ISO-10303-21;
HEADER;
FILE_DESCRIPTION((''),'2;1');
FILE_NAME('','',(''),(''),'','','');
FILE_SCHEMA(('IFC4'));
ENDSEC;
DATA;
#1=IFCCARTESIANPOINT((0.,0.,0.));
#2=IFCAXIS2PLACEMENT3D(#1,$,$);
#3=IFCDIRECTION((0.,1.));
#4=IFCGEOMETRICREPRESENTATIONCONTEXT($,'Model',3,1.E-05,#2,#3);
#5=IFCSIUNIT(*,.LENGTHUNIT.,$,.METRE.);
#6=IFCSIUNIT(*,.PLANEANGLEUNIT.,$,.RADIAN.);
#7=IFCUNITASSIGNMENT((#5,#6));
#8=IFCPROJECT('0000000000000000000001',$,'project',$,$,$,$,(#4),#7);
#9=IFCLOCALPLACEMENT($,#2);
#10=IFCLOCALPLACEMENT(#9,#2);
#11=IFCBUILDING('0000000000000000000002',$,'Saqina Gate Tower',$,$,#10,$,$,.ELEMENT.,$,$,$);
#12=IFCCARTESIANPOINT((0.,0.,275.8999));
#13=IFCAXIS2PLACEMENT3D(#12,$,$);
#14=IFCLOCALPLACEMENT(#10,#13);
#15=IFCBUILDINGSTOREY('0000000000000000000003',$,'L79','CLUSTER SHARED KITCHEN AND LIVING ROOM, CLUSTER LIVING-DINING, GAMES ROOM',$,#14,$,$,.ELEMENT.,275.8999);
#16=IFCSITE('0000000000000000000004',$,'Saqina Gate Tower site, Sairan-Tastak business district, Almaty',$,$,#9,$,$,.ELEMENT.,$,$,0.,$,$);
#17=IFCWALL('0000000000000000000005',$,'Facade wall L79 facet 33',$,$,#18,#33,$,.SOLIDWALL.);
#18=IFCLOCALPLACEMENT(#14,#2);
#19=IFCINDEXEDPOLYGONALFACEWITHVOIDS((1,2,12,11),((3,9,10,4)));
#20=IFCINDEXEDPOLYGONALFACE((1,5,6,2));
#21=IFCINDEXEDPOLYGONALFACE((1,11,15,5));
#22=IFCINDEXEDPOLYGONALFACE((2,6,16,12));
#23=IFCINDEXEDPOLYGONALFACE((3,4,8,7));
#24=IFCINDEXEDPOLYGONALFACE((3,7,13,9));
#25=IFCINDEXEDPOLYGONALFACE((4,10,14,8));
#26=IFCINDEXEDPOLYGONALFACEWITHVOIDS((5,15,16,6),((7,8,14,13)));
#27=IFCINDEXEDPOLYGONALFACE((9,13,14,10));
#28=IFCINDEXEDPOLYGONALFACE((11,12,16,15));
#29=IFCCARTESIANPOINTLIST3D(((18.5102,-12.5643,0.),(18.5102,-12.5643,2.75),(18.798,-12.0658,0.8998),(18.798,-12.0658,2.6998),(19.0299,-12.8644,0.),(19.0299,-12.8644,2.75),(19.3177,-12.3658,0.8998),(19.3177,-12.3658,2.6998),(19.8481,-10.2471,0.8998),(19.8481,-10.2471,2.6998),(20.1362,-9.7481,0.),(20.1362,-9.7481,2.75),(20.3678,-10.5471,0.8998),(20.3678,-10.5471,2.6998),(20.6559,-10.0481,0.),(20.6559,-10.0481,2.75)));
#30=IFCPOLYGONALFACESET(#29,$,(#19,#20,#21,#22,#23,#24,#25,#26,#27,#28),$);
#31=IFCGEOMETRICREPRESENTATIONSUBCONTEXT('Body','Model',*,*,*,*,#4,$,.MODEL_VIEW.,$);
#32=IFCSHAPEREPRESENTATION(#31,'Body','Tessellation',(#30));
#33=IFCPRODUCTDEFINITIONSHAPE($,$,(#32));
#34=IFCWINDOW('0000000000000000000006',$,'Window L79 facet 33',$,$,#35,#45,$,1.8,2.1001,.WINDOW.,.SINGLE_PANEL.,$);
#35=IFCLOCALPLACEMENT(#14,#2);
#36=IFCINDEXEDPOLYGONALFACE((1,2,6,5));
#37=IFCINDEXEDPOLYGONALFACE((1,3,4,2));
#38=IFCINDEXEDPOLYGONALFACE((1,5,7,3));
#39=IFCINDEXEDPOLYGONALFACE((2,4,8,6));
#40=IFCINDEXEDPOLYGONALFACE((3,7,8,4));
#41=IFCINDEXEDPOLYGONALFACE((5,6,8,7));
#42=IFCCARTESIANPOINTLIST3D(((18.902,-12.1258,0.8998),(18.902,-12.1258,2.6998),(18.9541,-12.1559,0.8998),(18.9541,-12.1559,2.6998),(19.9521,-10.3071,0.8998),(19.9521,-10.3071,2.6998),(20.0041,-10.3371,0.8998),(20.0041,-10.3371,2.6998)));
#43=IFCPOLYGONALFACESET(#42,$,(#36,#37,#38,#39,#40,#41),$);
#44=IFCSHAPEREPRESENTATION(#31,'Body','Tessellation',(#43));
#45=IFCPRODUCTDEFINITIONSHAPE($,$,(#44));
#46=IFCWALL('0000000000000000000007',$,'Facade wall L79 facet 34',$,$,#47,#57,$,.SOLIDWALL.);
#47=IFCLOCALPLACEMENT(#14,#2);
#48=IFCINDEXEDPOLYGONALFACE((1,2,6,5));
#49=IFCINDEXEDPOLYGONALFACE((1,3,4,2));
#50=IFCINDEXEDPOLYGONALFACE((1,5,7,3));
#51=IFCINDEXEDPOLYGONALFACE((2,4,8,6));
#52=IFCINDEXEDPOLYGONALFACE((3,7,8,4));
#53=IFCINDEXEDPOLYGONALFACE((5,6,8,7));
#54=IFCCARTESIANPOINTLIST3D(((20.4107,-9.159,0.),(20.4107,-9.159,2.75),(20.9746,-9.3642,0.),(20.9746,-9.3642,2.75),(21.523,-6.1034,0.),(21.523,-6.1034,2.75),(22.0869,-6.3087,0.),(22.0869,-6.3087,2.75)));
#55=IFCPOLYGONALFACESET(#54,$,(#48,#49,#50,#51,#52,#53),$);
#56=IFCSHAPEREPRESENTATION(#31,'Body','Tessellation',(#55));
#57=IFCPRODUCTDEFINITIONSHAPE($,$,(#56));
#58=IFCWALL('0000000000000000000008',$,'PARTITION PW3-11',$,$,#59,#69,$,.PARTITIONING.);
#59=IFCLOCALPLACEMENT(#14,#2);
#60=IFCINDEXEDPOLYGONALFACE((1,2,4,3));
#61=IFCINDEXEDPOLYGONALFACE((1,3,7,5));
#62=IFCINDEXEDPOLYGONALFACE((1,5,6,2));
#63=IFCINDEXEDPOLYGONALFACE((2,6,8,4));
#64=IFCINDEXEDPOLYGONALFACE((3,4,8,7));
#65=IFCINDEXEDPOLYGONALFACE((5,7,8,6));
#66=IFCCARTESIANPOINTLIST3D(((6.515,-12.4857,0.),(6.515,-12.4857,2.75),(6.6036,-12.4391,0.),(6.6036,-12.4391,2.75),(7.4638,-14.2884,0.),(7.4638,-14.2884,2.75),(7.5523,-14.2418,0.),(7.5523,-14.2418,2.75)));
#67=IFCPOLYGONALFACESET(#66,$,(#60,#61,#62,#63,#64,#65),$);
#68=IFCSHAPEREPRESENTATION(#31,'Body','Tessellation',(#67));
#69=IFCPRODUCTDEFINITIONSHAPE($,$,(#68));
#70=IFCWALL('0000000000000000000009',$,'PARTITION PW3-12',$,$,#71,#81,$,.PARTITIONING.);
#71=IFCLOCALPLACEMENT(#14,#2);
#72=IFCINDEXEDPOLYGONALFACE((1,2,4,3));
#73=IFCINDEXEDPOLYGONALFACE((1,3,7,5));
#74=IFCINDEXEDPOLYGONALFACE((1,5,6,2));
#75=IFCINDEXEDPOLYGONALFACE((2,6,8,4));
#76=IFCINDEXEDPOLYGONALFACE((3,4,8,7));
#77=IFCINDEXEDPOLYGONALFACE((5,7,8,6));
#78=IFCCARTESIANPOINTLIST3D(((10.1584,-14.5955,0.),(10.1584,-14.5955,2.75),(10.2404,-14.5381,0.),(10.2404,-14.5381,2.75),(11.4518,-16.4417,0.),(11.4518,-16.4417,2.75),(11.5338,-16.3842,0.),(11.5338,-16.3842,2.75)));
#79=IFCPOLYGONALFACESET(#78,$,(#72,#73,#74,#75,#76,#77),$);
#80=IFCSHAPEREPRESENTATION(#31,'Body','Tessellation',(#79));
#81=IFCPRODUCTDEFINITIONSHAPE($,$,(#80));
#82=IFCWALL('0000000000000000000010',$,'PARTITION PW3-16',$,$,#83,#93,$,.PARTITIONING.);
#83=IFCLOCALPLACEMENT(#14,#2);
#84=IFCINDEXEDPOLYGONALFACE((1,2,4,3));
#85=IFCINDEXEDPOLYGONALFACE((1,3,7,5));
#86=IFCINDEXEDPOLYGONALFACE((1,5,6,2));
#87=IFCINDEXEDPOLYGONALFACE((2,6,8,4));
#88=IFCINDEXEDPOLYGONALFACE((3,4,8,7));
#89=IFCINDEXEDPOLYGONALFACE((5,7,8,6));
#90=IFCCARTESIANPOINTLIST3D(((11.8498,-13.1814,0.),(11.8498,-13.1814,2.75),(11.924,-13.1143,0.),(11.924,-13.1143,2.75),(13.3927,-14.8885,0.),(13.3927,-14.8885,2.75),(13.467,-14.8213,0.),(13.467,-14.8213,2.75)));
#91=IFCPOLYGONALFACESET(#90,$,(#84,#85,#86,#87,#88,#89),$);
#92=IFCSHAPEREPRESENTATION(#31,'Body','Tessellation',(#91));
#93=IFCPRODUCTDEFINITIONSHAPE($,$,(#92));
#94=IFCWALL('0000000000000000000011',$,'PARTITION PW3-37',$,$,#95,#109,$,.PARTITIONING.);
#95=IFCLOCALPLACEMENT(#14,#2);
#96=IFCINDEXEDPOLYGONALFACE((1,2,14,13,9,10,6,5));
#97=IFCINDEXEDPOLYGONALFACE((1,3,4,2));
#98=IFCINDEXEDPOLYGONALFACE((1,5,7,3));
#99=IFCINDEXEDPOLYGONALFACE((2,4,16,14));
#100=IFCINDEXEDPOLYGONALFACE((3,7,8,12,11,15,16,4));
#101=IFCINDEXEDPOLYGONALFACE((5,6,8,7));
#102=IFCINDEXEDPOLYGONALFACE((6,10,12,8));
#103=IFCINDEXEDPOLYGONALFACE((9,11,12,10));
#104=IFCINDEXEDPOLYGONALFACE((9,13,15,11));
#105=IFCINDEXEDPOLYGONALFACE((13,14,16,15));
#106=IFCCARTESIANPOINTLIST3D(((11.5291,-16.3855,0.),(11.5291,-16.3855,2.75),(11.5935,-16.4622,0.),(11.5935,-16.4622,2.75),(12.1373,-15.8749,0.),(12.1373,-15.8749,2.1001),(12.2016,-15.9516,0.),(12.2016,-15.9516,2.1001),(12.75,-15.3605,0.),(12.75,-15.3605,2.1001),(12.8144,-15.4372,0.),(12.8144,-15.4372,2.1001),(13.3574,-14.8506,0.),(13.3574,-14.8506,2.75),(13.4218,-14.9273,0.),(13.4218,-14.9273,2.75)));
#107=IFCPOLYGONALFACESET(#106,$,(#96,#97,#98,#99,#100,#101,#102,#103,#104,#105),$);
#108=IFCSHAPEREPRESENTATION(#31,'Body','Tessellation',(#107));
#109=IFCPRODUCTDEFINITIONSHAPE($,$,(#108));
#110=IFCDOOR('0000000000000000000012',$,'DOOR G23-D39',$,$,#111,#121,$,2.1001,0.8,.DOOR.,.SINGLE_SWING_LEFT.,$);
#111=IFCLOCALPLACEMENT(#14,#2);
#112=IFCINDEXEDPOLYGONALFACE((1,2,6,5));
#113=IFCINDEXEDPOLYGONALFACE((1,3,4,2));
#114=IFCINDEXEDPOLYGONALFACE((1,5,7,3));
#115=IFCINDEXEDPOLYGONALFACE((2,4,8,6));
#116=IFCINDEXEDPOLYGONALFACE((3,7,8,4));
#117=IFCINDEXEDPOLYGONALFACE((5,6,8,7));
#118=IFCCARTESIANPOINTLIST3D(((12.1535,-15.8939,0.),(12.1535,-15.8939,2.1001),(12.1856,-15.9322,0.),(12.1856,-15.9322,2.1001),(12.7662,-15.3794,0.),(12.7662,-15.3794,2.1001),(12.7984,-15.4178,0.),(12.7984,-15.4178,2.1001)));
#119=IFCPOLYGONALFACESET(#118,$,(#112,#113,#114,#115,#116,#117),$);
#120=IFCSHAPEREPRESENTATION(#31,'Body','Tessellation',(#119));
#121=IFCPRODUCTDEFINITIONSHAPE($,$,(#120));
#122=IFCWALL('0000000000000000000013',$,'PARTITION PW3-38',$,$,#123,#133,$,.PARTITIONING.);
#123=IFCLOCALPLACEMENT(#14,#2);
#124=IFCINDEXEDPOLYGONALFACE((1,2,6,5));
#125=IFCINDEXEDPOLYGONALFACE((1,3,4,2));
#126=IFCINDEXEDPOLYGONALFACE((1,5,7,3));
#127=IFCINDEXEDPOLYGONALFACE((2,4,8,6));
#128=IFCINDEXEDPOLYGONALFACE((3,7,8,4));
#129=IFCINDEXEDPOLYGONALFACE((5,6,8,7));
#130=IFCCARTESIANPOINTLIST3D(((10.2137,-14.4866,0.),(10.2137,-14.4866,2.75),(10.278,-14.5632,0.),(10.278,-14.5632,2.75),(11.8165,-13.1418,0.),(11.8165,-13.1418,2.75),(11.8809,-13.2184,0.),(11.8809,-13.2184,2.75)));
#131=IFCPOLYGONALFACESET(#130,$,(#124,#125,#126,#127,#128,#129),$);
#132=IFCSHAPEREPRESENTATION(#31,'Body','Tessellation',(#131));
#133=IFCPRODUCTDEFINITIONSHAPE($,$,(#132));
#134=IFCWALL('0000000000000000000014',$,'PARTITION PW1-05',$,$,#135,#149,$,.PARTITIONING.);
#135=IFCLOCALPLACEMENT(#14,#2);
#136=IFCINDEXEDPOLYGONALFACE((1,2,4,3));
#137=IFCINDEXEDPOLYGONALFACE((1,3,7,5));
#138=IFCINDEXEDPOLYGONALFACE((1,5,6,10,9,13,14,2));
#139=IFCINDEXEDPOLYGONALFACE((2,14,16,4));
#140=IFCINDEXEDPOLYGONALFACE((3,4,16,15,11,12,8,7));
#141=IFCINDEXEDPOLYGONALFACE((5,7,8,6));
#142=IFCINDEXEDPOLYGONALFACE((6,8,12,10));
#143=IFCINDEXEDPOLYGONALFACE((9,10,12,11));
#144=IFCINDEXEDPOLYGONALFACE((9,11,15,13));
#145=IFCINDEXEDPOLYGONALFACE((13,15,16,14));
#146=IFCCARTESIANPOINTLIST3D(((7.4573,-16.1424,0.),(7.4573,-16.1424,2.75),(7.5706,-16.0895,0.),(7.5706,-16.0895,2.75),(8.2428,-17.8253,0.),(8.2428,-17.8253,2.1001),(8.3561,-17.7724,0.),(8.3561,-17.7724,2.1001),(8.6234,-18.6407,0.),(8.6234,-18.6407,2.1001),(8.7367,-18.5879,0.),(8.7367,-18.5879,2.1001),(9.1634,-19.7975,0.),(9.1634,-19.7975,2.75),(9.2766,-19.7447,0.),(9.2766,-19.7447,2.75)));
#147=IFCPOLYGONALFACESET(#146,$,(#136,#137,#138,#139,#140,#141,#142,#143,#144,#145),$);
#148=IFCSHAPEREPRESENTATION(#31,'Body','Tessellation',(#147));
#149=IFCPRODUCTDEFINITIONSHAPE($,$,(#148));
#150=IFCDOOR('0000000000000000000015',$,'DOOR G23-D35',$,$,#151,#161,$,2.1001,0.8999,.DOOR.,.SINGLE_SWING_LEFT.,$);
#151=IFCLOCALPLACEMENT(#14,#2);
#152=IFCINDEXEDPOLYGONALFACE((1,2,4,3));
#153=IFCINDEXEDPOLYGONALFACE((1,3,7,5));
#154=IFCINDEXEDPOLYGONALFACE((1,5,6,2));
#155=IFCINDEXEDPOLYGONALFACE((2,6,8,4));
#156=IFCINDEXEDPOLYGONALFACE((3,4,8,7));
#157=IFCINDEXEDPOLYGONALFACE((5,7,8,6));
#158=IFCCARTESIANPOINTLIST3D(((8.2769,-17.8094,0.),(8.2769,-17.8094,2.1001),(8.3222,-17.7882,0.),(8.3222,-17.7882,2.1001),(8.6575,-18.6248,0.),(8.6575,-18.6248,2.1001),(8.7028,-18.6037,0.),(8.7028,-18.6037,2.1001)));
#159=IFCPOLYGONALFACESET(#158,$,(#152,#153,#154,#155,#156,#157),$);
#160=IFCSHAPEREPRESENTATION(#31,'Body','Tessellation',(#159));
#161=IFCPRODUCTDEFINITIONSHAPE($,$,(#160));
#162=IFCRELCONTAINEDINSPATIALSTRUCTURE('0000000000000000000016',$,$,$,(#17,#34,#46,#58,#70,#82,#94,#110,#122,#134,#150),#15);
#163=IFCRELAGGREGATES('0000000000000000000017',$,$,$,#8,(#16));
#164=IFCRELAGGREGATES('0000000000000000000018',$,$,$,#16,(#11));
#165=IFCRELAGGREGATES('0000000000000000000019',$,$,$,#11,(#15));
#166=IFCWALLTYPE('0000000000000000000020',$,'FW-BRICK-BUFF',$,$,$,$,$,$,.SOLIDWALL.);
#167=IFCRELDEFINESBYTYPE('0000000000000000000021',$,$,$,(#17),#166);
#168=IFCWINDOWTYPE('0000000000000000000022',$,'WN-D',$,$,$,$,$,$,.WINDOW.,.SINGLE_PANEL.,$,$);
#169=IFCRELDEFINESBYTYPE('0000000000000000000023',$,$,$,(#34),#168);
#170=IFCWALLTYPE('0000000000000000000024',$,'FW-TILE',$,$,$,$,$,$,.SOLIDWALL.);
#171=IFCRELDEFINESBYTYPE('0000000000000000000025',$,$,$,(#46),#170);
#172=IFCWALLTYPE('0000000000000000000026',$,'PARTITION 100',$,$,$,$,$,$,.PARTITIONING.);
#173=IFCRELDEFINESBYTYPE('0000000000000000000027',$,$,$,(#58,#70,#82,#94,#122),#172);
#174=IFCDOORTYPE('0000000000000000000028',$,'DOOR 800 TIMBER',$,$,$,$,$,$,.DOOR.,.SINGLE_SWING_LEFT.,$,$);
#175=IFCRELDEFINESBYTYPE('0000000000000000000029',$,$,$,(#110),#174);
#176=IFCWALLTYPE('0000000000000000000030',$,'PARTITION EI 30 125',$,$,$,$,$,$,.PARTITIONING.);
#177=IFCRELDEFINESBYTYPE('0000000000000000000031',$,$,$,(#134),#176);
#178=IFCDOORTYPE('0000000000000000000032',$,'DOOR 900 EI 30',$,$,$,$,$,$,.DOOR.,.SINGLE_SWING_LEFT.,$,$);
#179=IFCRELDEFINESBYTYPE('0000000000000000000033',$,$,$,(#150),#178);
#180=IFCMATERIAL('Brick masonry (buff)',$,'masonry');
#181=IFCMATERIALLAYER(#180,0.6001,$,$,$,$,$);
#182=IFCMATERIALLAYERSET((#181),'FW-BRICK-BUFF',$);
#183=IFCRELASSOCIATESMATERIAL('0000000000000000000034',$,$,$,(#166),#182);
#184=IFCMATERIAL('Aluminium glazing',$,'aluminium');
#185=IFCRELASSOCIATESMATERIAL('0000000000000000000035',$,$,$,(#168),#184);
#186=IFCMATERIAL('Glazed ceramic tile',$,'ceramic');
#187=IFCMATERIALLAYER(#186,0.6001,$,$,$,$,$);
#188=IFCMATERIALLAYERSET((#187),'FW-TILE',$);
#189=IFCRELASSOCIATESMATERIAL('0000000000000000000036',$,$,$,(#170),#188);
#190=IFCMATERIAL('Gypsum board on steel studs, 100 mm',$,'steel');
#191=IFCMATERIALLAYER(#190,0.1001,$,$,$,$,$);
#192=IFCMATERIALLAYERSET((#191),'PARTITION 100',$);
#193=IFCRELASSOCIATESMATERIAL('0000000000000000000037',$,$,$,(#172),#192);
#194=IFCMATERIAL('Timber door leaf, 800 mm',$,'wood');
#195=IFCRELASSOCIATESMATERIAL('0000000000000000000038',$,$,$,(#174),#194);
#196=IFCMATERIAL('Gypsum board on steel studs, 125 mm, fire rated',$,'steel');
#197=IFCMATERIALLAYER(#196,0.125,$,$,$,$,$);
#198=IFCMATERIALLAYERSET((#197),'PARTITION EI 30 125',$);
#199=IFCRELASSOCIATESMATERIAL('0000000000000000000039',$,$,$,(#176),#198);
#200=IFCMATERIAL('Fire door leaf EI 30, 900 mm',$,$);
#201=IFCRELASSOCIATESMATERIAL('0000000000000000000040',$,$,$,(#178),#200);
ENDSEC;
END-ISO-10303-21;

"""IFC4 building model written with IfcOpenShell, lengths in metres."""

from ifc_helpers import new_model, si_unit, direction, frame, frame_2d, origin, place, context, subcontext, project, spatial, rectangle, extrude, material, layer, layer_set, type_object, element, fill, save


model = new_model("IFC4")

# Units and contexts
model_context = context("Model", 3, precision=1e-05, world=origin(), true_north=direction((0.0, 1.0)))
body_context = subcontext(model_context, "Body", "Model", "MODEL_VIEW")
ifc_project = project(units=[si_unit("LENGTHUNIT", "METRE"), si_unit("PLANEANGLEUNIT", "RADIAN")], contexts=[model_context])

# Site, building, storey
site_placement = place(None, origin())
site = spatial("IfcSite", under=ifc_project, at=site_placement, Name="Saqina Gate Tower site, Sairan-Tastak business district, Almaty", CompositionType="ELEMENT", RefElevation=0.0)
building_placement = place(site_placement, origin())
building = spatial("IfcBuilding", under=site, at=building_placement, Name="Saqina Gate Tower", CompositionType="ELEMENT")
storey_placement = place(building_placement, frame((0.0, 0.0, 275.8999)))
storey = spatial("IfcBuildingStorey", under=building, at=storey_placement, Name="L79", Description="CLUSTER SHARED KITCHEN AND LIVING ROOM, CLUSTER LIVING-DINING, GAMES ROOM", CompositionType="ELEMENT", Elevation=275.8999)

# Wall, opening, window
ifc_material_1 = material(Name="Brick masonry (buff)", Category="masonry")
ifc_layer_1 = layer(ifc_material_1, 0.6001)
ifc_layer_set_1 = layer_set([ifc_layer_1], Name="FW-BRICK-BUFF")
wall_type_1 = type_object("IfcWallType", Name="FW-BRICK-BUFF", PredefinedType="SOLIDWALL", material=ifc_layer_set_1)
ifc_material_2 = material(Name="Aluminium glazing", Category="aluminium")
window_type = type_object("IfcWindowType", Name="WN-D", PartitioningType="SINGLE_PANEL", PredefinedType="WINDOW", material=ifc_material_2)
wall_1_placement = place(storey_placement, frame((18.77, -12.7144, 0.0), z_axis=(0.0, 0.0, 1.0), x_axis=(0.500015, 0.866017, 0.0)))
wall_1 = element("IfcWall", 1, at=wall_1_placement, inside=storey, type_object=wall_type_1, Name="Facade wall L79 facet 33", PredefinedType="SOLIDWALL", context=body_context, shape_type="SweptSolid", body=[
    extrude(rectangle(XDim=3.252, YDim=0.6001, at=frame_2d((1.626, 0.0))), origin(), (0.0, 0.0, 1.0), 2.75),
])
opening_1_placement = place(wall_1_placement, frame((0.5757, 0.0, 0.8999)))
opening_1 = element("IfcOpeningElement", 2, at=opening_1_placement, cuts=wall_1, PredefinedType="OPENING", context=body_context, shape_type="SweptSolid", body=[
    extrude(rectangle(XDim=2.1001, YDim=1.8, at=frame_2d((1.05, 0.8999))), frame((0.0, 0.312, 0.0), z_axis=(0.0, -1.0, 0.0), x_axis=(1.0, 0.0, 0.0)), (0.0, 0.0, 1.0), 0.624),
])
window_1_placement = place(opening_1_placement, origin())
window_1 = element("IfcWindow", 3, at=window_1_placement, inside=storey, type_object=window_type, Name="Window L79 facet 33", OverallHeight=1.8, OverallWidth=2.1001, PartitioningType="SINGLE_PANEL", PredefinedType="WINDOW", context=body_context, shape_type="SweptSolid", body=[
    extrude(rectangle(XDim=2.1001, YDim=1.8, at=frame_2d((1.05, 0.8999))), frame((0.0, 0.1799, 0.0), z_axis=(0.0, -1.0, 0.0), x_axis=(1.0, 0.0, 0.0)), (0.0, 0.0, 1.0), 0.0601),
])
fill(opening_1, window_1)

# Walls
ifc_material_3 = material(Name="Glazed ceramic tile", Category="ceramic")
ifc_layer_2 = layer(ifc_material_3, 0.6001)
ifc_layer_set_2 = layer_set([ifc_layer_2], Name="FW-TILE")
wall_type_2 = type_object("IfcWallType", Name="FW-TILE", PredefinedType="SOLIDWALL", material=ifc_layer_set_2)
wall_2_placement = place(storey_placement, frame((20.6926, -9.2617, 0.0), z_axis=(0.0, 0.0, 1.0), x_axis=(0.342057, 0.939679, 0.0)))
element("IfcWall", 4, at=wall_2_placement, inside=storey, type_object=wall_type_2, Name="Facade wall L79 facet 34", PredefinedType="SOLIDWALL", context=body_context, shape_type="SweptSolid", body=[
    extrude(rectangle(XDim=3.2517, YDim=0.6001, at=frame_2d((1.626, 0.0))), origin(), (0.0, 0.0, 1.0), 2.75),
])
ifc_material_4 = material(Name="Gypsum board on steel studs, 100 mm", Category="steel")
ifc_layer_3 = layer(ifc_material_4, 0.1001)
ifc_layer_set_3 = layer_set([ifc_layer_3], Name="PARTITION 100")
wall_type_3 = type_object("IfcWallType", Name="PARTITION 100", PredefinedType="PARTITIONING", material=ifc_layer_set_3)
wall_3_placement = place(storey_placement, frame((6.5593, -12.4624, 0.0), z_axis=(0.0, 0.0, 1.0), x_axis=(0.465717, -0.884934, 0.0)))
element("IfcWall", 5, at=wall_3_placement, inside=storey, type_object=wall_type_3, Name="PARTITION PW3-11", PredefinedType="PARTITIONING", context=body_context, shape_type="SweptSolid", body=[
    extrude(rectangle(XDim=2.0371, YDim=0.1001, at=frame_2d((1.0186, 0.0))), origin(), (0.0, 0.0, 1.0), 2.75),
])
wall_4_placement = place(storey_placement, frame((10.1995, -14.5669, 0.0), z_axis=(0.0, 0.0, 1.0), x_axis=(0.573797, -0.818998, 0.0)))
element("IfcWall", 6, at=wall_4_placement, inside=storey, type_object=wall_type_3, Name="PARTITION PW3-12", PredefinedType="PARTITIONING", context=body_context, shape_type="SweptSolid", body=[
    extrude(rectangle(XDim=2.2542, YDim=0.1001, at=frame_2d((1.127, 0.0))), origin(), (0.0, 0.0, 1.0), 2.75),
])
wall_5_placement = place(storey_placement, frame((11.887, -13.1479, 0.0), z_axis=(0.0, 0.0, 1.0), x_axis=(0.670558, -0.741857, 0.0)))
element("IfcWall", 7, at=wall_5_placement, inside=storey, type_object=wall_type_3, Name="PARTITION PW3-16", PredefinedType="PARTITIONING", context=body_context, shape_type="SweptSolid", body=[
    extrude(rectangle(XDim=2.301, YDim=0.1001, at=frame_2d((1.1504, 0.0))), origin(), (0.0, 0.0, 1.0), 2.75),
])

# Wall, opening, door
wall_6_placement = place(storey_placement, frame((11.5613, -16.4238, 0.0), z_axis=(0.0, 0.0, 1.0), x_axis=(0.765894, 0.642967, 0.0)))
wall_6 = element("IfcWall", 8, at=wall_6_placement, inside=storey, type_object=wall_type_3, Name="PARTITION PW3-37", PredefinedType="PARTITIONING", context=body_context, shape_type="SweptSolid", body=[
    extrude(rectangle(XDim=2.3872, YDim=0.1001, at=frame_2d((1.1936, 0.0))), origin(), (0.0, 0.0, 1.0), 2.75),
])
opening_2_placement = place(wall_6_placement, frame((0.7942, 0.0, 0.0)))
opening_2 = element("IfcOpeningElement", 9, at=opening_2_placement, cuts=wall_6, PredefinedType="OPENING", context=body_context, shape_type="SweptSolid", body=[
    extrude(rectangle(XDim=0.8, YDim=2.1001, at=frame_2d((0.3999, 1.05))), frame((0.0, 0.062, 0.0), z_axis=(0.0, -1.0, 0.0), x_axis=(1.0, 0.0, 0.0)), (0.0, 0.0, 1.0), 0.124),
])
ifc_material_5 = material(Name="Timber door leaf, 800 mm", Category="wood")
door_type_1 = type_object("IfcDoorType", Name="DOOR 800 TIMBER", OperationType="SINGLE_SWING_LEFT", PredefinedType="DOOR", material=ifc_material_5)
door_1_placement = place(opening_2_placement, frame((0.8, 0.0, 0.0), z_axis=(0.0, 0.0, 1.0), x_axis=(-1.0, 0.0, 0.0)))
door_1 = element("IfcDoor", 10, at=door_1_placement, inside=storey, type_object=door_type_1, Name="DOOR G23-D39", OperationType="SINGLE_SWING_LEFT", OverallHeight=2.1001, OverallWidth=0.8, PredefinedType="DOOR", context=body_context, shape_type="SweptSolid", body=[
    extrude(rectangle(XDim=0.8, YDim=2.1001, at=frame_2d((0.3999, 1.05))), frame((0.0, 0.0249, 0.0), z_axis=(0.0, -1.0, 0.0), x_axis=(1.0, 0.0, 0.0)), (0.0, 0.0, 1.0), 0.05),
])
fill(opening_2, door_1)

# Wall
wall_7_placement = place(storey_placement, frame((10.2458, -14.5249, 0.0), z_axis=(0.0, 0.0, 1.0), x_axis=(0.766084, 0.64274, 0.0)))
element("IfcWall", 11, at=wall_7_placement, inside=storey, type_object=wall_type_3, Name="PARTITION PW3-38", PredefinedType="PARTITIONING", context=body_context, shape_type="SweptSolid", body=[
    extrude(rectangle(XDim=2.0923, YDim=0.1001, at=frame_2d((1.0461, 0.0))), origin(), (0.0, 0.0, 1.0), 2.75),
])

# Wall, opening, door
ifc_material_6 = material(Name="Gypsum board on steel studs, 125 mm, fire rated", Category="steel")
ifc_layer_4 = layer(ifc_material_6, 0.125)
ifc_layer_set_4 = layer_set([ifc_layer_4], Name="PARTITION EI 30 125")
wall_type_4 = type_object("IfcWallType", Name="PARTITION EI 30 125", PredefinedType="PARTITIONING", material=ifc_layer_set_4)
wall_8_placement = place(storey_placement, frame((7.5139, -16.116, 0.0), z_axis=(0.0, 0.0, 1.0), x_axis=(0.422962, -0.906148, 0.0)))
wall_8 = element("IfcWall", 12, at=wall_8_placement, inside=storey, type_object=wall_type_4, Name="PARTITION PW1-05", PredefinedType="PARTITIONING", context=body_context, shape_type="SweptSolid", body=[
    extrude(rectangle(XDim=4.0337, YDim=0.125, at=frame_2d((2.0168, 0.0))), origin(), (0.0, 0.0, 1.0), 2.75),
])
opening_3_placement = place(wall_8_placement, frame((1.8572, 0.0, 0.0)))
opening_3 = element("IfcOpeningElement", 13, at=opening_3_placement, cuts=wall_8, PredefinedType="OPENING", context=body_context, shape_type="SweptSolid", body=[
    extrude(rectangle(XDim=0.8999, YDim=2.1001, at=frame_2d((0.45, 1.05))), frame((0.0, 0.0745, 0.0), z_axis=(0.0, -1.0, 0.0), x_axis=(1.0, 0.0, 0.0)), (0.0, 0.0, 1.0), 0.1489),
])
ifc_material_7 = material(Name="Fire door leaf EI 30, 900 mm")
door_type_2 = type_object("IfcDoorType", Name="DOOR 900 EI 30", OperationType="SINGLE_SWING_LEFT", PredefinedType="DOOR", material=ifc_material_7)
door_2_placement = place(opening_3_placement, frame((0.8999, 0.0, 0.0), z_axis=(0.0, 0.0, 1.0), x_axis=(-1.0, 0.0, 0.0)))
door_2 = element("IfcDoor", 14, at=door_2_placement, inside=storey, type_object=door_type_2, Name="DOOR G23-D35", OperationType="SINGLE_SWING_LEFT", OverallHeight=2.1001, OverallWidth=0.8999, PredefinedType="DOOR", context=body_context, shape_type="SweptSolid", body=[
    extrude(rectangle(XDim=0.8999, YDim=2.1001, at=frame_2d((0.45, 1.05))), frame((0.0, 0.0249, 0.0), z_axis=(0.0, -1.0, 0.0), x_axis=(1.0, 0.0, 0.0)), (0.0, 0.0, 1.0), 0.05),
])
fill(opening_3, door_2)

save(model, "model.ifc")
